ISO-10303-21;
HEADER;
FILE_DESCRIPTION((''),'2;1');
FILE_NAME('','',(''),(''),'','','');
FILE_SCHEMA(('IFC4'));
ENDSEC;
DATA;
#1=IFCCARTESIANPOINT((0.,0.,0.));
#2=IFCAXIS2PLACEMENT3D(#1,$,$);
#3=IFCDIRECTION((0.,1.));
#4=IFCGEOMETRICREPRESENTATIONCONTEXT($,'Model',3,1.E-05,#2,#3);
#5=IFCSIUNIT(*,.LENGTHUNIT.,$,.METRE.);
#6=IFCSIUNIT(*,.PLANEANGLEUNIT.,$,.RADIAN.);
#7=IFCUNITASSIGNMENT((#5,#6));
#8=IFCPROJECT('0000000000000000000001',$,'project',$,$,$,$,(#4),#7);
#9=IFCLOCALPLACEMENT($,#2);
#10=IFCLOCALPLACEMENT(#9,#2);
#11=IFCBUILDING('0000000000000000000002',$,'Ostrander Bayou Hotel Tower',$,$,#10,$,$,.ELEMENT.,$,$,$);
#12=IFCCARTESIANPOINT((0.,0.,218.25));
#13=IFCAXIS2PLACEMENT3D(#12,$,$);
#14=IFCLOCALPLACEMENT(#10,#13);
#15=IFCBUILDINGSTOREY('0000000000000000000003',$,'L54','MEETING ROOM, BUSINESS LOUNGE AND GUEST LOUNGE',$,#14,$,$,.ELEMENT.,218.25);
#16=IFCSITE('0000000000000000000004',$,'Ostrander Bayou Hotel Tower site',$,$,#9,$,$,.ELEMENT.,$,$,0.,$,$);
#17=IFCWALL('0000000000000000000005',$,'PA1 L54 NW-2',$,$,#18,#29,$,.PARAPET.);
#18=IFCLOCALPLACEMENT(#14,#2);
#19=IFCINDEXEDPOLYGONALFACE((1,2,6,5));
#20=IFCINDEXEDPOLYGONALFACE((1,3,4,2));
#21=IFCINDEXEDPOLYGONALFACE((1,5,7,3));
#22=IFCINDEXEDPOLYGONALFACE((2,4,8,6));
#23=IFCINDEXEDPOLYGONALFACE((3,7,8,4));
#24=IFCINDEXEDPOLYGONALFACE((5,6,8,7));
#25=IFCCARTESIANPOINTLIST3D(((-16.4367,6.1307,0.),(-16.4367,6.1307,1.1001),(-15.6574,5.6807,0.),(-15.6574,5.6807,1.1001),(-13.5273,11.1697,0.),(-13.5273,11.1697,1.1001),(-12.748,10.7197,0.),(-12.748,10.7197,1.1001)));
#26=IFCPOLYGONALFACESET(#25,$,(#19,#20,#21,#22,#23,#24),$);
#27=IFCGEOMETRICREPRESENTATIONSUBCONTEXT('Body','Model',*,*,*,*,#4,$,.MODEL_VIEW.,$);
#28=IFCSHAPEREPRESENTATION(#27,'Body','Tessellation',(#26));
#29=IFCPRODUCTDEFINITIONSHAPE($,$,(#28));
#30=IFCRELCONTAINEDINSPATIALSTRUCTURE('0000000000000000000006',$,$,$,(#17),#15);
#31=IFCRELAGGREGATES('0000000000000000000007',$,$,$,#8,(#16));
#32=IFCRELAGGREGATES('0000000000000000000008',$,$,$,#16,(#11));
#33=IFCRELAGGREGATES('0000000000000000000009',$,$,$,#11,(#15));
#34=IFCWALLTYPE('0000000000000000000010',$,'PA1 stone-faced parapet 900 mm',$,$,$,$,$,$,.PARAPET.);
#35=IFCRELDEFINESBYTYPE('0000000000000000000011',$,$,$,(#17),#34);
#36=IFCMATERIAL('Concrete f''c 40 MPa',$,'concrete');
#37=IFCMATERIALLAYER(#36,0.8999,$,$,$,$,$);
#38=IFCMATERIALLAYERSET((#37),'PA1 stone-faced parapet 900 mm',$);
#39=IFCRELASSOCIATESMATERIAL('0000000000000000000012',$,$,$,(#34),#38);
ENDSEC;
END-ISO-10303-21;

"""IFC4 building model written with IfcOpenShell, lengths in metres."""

from ifc_helpers import new_model, si_unit, direction, frame, frame_2d, origin, place, context, subcontext, project, spatial, rectangle, extrude, material, layer, layer_set, type_object, element, save


model = new_model("IFC4")

# Units and contexts
model_context = context("Model", 3, precision=1e-05, world=origin(), true_north=direction((0.0, 1.0)))
body_context = subcontext(model_context, "Body", "Model", "MODEL_VIEW")
ifc_project = project(units=[si_unit("LENGTHUNIT", "METRE"), si_unit("PLANEANGLEUNIT", "RADIAN")], contexts=[model_context])

# Site, building, storey
site_placement = place(None, origin())
site = spatial("IfcSite", under=ifc_project, at=site_placement, Name="Ostrander Bayou Hotel Tower site", CompositionType="ELEMENT", RefElevation=0.0)
building_placement = place(site_placement, origin())
building = spatial("IfcBuilding", under=site, at=building_placement, Name="Ostrander Bayou Hotel Tower", CompositionType="ELEMENT")
storey_placement = place(building_placement, frame((0.0, 0.0, 218.25)))
storey = spatial("IfcBuildingStorey", under=building, at=storey_placement, Name="L54", Description="MEETING ROOM, BUSINESS LOUNGE AND GUEST LOUNGE", CompositionType="ELEMENT", Elevation=218.25)

# Wall
ifc_material_1 = material(Name="Concrete f'c 40 MPa", Category="concrete")
ifc_layer_1 = layer(ifc_material_1, 0.8999)
ifc_layer_set_1 = layer_set([ifc_layer_1], Name="PA1 stone-faced parapet 900 mm")
wall_type_1 = type_object("IfcWallType", Name="PA1 stone-faced parapet 900 mm", PredefinedType="PARAPET", material=ifc_layer_set_1)
wall_1_placement = place(storey_placement, frame((-13.1377, 10.9446, 0.0), z_axis=(0.0, 0.0, 1.0), x_axis=(-0.500015, -0.866016, 0.0)))
element("IfcWall", 1, at=wall_1_placement, inside=storey, type_object=wall_type_1, Name="PA1 L54 NW-2", PredefinedType="PARAPET", context=body_context, shape_type="SweptSolid", body=[
    extrude(rectangle(XDim=5.8186, YDim=0.8999, at=frame_2d((2.9092, 0.0))), origin(), (0.0, 0.0, 1.0), 1.1001),
])

save(model, "model.ifc")
